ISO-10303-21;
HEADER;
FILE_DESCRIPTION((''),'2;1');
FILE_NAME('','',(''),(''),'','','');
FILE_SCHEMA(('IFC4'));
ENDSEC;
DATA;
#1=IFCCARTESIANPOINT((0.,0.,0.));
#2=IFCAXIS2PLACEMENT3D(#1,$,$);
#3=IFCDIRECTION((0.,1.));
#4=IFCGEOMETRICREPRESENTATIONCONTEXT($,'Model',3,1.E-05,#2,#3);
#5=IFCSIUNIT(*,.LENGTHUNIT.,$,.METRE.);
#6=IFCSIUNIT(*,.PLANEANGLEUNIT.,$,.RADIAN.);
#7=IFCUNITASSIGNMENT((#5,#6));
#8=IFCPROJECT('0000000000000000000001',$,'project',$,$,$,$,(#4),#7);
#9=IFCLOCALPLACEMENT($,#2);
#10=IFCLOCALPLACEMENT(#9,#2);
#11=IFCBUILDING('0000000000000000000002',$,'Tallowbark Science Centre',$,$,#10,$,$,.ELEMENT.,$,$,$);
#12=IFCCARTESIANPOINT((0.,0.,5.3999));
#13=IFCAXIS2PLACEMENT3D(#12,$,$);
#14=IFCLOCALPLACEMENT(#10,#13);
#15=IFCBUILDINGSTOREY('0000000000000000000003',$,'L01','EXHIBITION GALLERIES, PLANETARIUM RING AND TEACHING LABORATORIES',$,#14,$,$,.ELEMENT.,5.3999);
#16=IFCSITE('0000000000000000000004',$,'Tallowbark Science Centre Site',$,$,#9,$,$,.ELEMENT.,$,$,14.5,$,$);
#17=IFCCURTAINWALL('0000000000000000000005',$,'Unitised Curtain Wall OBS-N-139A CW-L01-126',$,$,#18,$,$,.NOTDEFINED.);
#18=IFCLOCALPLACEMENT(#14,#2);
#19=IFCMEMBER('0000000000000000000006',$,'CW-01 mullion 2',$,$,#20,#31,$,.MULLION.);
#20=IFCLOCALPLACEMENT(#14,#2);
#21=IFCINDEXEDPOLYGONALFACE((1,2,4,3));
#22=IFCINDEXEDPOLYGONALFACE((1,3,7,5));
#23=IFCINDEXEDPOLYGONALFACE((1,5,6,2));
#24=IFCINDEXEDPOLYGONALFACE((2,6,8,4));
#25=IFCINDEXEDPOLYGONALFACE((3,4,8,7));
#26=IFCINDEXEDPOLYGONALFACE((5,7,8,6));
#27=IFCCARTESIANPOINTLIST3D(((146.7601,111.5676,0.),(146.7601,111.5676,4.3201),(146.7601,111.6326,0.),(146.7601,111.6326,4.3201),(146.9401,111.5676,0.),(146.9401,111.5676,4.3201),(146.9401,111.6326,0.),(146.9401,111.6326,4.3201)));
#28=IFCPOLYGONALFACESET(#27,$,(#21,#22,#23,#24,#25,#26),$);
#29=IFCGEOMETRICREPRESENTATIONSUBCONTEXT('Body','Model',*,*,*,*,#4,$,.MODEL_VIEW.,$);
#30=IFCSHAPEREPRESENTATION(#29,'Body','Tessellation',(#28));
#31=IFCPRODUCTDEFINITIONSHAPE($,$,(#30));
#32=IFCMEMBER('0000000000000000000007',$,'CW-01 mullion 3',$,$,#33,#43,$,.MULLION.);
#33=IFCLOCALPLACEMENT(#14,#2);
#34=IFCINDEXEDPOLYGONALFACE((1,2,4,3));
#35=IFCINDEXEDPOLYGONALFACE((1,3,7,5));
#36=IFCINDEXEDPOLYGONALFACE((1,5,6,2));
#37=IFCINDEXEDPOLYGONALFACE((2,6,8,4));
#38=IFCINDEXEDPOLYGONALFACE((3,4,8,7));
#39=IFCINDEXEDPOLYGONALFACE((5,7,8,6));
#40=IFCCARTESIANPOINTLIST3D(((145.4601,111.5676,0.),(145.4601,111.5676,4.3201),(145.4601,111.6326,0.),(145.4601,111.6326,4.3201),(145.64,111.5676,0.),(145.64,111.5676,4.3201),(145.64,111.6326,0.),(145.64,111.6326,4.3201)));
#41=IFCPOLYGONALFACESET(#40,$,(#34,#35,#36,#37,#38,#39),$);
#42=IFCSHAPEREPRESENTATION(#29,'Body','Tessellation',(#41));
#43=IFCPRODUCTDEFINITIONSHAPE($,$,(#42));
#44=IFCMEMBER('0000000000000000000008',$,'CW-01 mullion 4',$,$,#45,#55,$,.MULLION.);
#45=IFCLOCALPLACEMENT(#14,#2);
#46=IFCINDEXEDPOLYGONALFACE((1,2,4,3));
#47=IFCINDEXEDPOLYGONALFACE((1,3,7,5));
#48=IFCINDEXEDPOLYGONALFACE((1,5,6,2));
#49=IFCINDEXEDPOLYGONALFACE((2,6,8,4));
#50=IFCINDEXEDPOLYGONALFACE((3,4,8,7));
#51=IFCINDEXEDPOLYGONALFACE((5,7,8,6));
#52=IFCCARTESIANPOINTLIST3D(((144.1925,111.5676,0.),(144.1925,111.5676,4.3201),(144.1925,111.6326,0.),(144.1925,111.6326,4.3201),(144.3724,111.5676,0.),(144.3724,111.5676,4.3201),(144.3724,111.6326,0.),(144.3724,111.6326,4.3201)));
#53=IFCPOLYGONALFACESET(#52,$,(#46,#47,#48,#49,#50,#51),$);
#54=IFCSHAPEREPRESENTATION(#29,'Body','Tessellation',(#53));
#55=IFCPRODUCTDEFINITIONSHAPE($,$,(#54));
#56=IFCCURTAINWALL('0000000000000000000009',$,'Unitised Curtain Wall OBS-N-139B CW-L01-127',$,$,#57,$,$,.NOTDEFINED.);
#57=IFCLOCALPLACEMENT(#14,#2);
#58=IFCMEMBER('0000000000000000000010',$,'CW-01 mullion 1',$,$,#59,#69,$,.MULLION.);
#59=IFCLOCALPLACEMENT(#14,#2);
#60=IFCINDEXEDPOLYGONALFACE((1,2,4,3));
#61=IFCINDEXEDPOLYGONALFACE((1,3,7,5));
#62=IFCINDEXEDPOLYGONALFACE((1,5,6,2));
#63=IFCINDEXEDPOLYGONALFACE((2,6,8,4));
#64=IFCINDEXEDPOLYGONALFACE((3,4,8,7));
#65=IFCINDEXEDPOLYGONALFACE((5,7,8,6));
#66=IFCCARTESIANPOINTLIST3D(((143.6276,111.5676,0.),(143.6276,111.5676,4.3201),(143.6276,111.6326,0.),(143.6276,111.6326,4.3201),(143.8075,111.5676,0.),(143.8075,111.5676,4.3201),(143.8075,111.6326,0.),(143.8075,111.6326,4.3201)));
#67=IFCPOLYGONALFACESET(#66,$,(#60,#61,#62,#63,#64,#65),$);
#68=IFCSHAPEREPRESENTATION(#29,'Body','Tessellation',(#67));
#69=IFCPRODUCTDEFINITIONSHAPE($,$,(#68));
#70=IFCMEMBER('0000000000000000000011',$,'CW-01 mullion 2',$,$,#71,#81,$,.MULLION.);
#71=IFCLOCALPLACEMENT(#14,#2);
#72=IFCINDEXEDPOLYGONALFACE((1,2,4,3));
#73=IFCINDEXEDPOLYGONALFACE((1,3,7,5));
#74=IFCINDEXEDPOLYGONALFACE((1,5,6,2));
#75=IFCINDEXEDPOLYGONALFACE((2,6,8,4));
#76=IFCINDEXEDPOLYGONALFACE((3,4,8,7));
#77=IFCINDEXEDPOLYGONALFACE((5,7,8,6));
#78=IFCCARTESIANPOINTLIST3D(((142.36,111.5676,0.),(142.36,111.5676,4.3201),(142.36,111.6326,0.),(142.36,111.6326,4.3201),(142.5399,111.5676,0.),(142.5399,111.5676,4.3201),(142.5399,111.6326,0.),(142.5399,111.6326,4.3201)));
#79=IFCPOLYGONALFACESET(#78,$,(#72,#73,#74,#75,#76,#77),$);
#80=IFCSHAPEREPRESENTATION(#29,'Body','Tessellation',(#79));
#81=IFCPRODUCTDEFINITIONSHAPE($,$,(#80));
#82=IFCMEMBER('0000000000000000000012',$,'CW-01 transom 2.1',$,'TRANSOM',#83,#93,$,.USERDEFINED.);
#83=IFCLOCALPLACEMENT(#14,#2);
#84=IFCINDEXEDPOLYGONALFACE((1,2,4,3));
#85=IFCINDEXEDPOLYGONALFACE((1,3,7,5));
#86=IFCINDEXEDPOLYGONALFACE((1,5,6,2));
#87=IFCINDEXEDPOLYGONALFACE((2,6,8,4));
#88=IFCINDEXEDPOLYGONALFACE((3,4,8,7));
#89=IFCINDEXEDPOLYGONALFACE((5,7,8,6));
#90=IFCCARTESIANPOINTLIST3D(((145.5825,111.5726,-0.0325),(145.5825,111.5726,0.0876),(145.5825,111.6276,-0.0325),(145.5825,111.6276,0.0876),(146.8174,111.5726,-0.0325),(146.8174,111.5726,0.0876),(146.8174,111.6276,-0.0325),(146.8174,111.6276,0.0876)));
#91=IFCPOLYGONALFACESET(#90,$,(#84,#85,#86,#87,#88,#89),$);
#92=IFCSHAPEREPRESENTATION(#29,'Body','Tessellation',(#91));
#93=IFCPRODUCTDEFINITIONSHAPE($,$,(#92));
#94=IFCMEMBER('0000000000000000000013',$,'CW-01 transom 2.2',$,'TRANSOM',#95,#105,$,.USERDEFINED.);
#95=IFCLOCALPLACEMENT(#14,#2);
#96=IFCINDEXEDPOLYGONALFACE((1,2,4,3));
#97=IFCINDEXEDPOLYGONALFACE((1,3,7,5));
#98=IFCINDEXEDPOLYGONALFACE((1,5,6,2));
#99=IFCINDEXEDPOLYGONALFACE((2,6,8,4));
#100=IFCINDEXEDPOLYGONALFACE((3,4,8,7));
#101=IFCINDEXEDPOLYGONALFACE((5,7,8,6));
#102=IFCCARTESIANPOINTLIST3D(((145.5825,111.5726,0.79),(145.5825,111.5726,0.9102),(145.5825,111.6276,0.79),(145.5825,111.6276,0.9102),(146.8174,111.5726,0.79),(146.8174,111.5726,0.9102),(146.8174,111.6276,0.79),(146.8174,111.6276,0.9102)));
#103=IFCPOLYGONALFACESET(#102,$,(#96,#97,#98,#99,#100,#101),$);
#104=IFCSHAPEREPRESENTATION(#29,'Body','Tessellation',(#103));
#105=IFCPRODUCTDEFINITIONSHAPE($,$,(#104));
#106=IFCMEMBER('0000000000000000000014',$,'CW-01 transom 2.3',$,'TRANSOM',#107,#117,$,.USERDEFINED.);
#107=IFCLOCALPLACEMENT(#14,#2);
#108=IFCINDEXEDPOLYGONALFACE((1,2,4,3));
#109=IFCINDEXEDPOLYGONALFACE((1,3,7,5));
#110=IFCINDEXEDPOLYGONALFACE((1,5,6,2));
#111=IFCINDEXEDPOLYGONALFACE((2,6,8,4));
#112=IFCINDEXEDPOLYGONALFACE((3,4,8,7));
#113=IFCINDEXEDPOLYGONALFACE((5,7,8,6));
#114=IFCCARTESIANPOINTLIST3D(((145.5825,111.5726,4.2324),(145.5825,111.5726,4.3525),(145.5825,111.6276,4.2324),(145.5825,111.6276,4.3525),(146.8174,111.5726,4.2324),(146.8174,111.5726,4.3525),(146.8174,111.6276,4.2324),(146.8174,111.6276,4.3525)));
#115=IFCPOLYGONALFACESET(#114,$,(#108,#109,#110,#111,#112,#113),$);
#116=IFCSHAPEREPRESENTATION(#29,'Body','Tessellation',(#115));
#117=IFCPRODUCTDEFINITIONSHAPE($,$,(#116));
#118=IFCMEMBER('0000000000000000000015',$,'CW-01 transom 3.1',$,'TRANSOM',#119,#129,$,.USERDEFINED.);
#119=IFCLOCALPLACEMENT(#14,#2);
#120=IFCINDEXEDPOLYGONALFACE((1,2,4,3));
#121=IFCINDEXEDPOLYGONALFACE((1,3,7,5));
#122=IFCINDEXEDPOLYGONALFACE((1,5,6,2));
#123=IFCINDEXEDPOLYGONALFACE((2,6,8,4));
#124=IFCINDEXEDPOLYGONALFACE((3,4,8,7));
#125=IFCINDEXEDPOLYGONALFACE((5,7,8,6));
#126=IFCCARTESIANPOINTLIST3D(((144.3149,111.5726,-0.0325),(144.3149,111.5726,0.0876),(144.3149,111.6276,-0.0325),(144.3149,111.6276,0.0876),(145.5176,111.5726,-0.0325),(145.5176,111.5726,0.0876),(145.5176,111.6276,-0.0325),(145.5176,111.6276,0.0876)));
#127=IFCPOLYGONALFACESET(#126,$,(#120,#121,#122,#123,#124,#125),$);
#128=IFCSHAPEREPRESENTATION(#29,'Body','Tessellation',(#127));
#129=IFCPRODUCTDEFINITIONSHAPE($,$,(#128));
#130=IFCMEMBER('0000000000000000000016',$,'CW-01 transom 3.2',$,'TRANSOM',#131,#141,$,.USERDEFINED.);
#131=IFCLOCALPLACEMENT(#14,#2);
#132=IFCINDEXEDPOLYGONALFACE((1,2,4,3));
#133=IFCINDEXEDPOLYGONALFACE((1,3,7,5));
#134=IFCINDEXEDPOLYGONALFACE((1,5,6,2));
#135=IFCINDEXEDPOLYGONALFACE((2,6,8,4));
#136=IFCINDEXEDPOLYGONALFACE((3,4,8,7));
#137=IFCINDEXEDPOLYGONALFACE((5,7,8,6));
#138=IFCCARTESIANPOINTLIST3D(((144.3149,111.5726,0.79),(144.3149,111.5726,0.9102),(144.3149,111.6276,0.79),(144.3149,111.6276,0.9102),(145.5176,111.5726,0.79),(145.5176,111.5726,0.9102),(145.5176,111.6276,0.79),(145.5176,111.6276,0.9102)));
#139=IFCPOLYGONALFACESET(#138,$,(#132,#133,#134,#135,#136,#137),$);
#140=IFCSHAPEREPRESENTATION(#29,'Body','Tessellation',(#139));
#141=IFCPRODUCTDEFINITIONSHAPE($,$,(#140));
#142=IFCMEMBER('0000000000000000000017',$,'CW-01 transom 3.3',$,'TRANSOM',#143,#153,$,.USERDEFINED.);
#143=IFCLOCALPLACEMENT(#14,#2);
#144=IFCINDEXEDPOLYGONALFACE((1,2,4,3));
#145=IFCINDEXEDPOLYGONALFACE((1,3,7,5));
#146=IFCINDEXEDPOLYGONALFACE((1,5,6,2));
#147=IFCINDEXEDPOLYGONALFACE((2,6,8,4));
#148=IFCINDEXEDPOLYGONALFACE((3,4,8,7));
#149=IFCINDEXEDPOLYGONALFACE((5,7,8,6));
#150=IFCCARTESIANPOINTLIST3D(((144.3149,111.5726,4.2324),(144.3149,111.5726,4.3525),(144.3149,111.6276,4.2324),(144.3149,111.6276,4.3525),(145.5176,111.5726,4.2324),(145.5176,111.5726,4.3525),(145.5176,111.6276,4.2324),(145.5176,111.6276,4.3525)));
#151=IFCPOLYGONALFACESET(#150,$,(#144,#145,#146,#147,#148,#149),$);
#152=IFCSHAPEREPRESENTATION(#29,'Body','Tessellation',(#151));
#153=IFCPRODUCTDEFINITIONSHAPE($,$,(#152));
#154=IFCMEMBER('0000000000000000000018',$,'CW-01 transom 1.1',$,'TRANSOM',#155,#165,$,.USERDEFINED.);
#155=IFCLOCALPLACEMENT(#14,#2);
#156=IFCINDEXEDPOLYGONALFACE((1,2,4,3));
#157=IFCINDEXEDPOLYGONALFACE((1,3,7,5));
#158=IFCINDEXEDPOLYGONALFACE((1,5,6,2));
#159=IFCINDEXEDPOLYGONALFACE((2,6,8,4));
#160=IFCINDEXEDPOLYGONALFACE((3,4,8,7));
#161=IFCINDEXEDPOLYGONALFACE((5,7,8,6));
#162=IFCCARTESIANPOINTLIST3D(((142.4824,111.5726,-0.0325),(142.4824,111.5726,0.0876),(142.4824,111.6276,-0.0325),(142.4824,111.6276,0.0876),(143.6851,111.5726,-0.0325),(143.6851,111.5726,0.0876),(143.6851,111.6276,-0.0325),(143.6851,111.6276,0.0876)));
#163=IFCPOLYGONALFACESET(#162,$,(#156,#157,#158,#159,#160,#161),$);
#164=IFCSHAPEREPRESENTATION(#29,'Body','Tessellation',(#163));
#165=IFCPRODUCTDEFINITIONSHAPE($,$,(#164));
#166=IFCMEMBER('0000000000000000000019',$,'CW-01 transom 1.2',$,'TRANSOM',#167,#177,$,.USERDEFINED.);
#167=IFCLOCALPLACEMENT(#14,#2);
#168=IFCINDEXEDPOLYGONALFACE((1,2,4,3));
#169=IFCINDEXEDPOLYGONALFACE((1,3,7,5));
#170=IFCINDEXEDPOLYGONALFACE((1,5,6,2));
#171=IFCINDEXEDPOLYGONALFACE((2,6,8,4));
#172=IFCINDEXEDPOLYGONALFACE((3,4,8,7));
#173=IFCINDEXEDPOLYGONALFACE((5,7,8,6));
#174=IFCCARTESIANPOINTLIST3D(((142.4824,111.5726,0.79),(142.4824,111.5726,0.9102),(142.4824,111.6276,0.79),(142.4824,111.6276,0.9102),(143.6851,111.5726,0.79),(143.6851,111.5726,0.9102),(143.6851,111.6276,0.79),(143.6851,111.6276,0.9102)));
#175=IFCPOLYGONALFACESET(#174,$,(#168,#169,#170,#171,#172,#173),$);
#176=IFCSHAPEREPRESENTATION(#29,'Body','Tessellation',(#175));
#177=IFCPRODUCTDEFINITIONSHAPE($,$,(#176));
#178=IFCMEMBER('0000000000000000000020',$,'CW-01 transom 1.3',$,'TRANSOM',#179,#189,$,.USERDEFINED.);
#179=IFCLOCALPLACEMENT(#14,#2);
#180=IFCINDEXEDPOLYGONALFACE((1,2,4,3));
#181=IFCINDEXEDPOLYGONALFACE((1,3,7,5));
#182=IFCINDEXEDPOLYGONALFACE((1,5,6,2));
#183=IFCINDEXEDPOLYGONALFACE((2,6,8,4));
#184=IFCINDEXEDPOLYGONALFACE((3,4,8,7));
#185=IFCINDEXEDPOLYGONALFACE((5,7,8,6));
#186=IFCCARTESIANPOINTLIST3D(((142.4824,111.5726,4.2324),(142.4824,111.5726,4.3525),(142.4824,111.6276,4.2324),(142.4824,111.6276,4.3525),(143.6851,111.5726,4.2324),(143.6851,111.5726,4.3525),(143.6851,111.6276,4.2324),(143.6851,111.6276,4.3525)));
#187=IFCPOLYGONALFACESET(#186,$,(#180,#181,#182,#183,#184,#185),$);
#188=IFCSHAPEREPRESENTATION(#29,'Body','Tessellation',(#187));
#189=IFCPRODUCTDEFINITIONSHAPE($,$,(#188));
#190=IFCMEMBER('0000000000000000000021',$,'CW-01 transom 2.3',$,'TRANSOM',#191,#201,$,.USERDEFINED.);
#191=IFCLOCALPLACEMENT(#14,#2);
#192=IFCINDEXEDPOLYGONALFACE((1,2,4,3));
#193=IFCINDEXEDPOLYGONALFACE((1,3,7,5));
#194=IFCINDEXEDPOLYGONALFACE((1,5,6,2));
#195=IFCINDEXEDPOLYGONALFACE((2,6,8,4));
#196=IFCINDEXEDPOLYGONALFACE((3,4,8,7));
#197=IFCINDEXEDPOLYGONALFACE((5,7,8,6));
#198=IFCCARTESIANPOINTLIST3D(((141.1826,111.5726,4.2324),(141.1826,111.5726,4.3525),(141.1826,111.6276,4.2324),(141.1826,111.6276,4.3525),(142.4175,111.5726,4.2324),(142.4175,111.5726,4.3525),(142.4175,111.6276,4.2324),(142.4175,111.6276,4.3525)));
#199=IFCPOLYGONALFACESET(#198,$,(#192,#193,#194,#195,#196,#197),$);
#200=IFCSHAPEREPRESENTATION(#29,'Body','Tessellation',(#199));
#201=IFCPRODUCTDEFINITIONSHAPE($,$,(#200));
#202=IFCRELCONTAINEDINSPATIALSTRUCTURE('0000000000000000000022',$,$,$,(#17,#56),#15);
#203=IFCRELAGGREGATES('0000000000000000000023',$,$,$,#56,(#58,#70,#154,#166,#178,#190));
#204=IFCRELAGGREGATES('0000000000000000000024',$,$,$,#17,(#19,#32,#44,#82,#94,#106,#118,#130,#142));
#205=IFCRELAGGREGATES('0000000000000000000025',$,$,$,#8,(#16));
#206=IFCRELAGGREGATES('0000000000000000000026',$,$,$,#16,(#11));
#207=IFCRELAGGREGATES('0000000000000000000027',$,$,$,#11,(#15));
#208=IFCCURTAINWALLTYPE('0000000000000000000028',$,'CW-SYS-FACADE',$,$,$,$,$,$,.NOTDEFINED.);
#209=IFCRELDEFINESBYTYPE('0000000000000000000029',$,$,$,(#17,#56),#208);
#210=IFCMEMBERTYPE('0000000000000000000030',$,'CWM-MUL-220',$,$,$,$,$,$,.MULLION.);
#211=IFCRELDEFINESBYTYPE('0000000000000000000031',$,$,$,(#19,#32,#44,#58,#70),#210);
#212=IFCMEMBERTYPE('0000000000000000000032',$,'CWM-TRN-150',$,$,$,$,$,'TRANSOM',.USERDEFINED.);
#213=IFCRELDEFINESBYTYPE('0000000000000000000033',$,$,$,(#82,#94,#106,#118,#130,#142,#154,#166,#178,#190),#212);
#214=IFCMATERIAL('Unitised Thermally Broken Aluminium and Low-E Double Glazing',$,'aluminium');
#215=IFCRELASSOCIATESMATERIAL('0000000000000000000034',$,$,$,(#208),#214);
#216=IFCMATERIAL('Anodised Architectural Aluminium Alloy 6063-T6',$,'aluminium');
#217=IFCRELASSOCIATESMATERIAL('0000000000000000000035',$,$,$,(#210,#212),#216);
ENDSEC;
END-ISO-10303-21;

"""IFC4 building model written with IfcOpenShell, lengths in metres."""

from ifc_helpers import new_model, si_unit, direction, frame, origin, origin_2d, place, context, subcontext, project, spatial, rectangle, extrude, material, material_profile, profile_set, type_object, element, aggregate, save


model = new_model("IFC4")

# Units and contexts
model_context = context("Model", 3, precision=1e-05, world=origin(), true_north=direction((0.0, 1.0)))
body_context = subcontext(model_context, "Body", "Model", "MODEL_VIEW")
ifc_project = project(units=[si_unit("LENGTHUNIT", "METRE"), si_unit("PLANEANGLEUNIT", "RADIAN")], contexts=[model_context])

# Site, building, storey
site_placement = place(None, origin())
site = spatial("IfcSite", under=ifc_project, at=site_placement, Name="Tallowbark Science Centre Site", CompositionType="ELEMENT", RefElevation=14.5)
building_placement = place(site_placement, origin())
building = spatial("IfcBuilding", under=site, at=building_placement, Name="Tallowbark Science Centre", CompositionType="ELEMENT")
storey_placement = place(building_placement, frame((0.0, 0.0, 5.3999)))
storey = spatial("IfcBuildingStorey", under=building, at=storey_placement, Name="L01", Description="EXHIBITION GALLERIES, PLANETARIUM RING AND TEACHING LABORATORIES", CompositionType="ELEMENT", Elevation=5.3999)

# Curtain walls, members
ifc_material_1 = material(Name="Unitised Thermally Broken Aluminium and Low-E Double Glazing", Category="aluminium")
curtain_wall_type = type_object("IfcCurtainWallType", Name="CW-SYS-FACADE", PredefinedType="NOTDEFINED", material=ifc_material_1)
curtain_wall_1_placement = place(storey_placement, origin())
curtain_wall_1 = element("IfcCurtainWall", 1, at=curtain_wall_1_placement, inside=storey, type_object=curtain_wall_type, Name="Unitised Curtain Wall OBS-N-139A CW-L01-126", PredefinedType="NOTDEFINED")
ifc_material_2 = material(Name="Anodised Architectural Aluminium Alloy 6063-T6", Category="aluminium")
ifc_material_profile_1 = material_profile(ifc_material_2, rectangle(XDim=0.0649, YDim=0.1799, at=origin_2d()), Name="ALU65x180")
ifc_profile_set_1 = profile_set([ifc_material_profile_1], Name="Anodised Architectural Aluminium Alloy 6063-T6")
member_type_1 = type_object("IfcMemberType", Name="CWM-MUL-220", PredefinedType="MULLION", material=ifc_profile_set_1)
member_1_placement = place(storey_placement, frame((146.8501, 111.6001, 0.0), z_axis=(0.0, 0.0, 1.0), x_axis=(0.0, -1.0, 0.0)))
member_1 = element("IfcMember", 2, at=member_1_placement, type_object=member_type_1, Name="CW-01 mullion 2", PredefinedType="MULLION", context=body_context, shape_type="SweptSolid", body=[
    extrude(rectangle(XDim=0.0649, YDim=0.1799, at=origin_2d()), origin(), (0.0, 0.0, 1.0), 4.3201),
])
member_2_placement = place(storey_placement, frame((145.55, 111.6001, 0.0), z_axis=(0.0, 0.0, 1.0), x_axis=(0.0, -1.0, 0.0)))
member_2 = element("IfcMember", 3, at=member_2_placement, type_object=member_type_1, Name="CW-01 mullion 3", PredefinedType="MULLION", context=body_context, shape_type="SweptSolid", body=[
    extrude(rectangle(XDim=0.0649, YDim=0.1799, at=origin_2d()), origin(), (0.0, 0.0, 1.0), 4.3201),
])
member_3_placement = place(storey_placement, frame((144.2825, 111.6001, 0.0), z_axis=(0.0, 0.0, 1.0), x_axis=(0.0, -1.0, 0.0)))
member_3 = element("IfcMember", 4, at=member_3_placement, type_object=member_type_1, Name="CW-01 mullion 4", PredefinedType="MULLION", context=body_context, shape_type="SweptSolid", body=[
    extrude(rectangle(XDim=0.0649, YDim=0.1799, at=origin_2d()), origin(), (0.0, 0.0, 1.0), 4.3201),
])
curtain_wall_2_placement = place(storey_placement, origin())
curtain_wall_2 = element("IfcCurtainWall", 5, at=curtain_wall_2_placement, inside=storey, type_object=curtain_wall_type, Name="Unitised Curtain Wall OBS-N-139B CW-L01-127", PredefinedType="NOTDEFINED")
member_4_placement = place(storey_placement, frame((143.7175, 111.6001, 0.0), z_axis=(0.0, 0.0, 1.0), x_axis=(0.0, -1.0, 0.0)))
member_4 = element("IfcMember", 6, at=member_4_placement, type_object=member_type_1, Name="CW-01 mullion 1", PredefinedType="MULLION", context=body_context, shape_type="SweptSolid", body=[
    extrude(rectangle(XDim=0.0649, YDim=0.1799, at=origin_2d()), origin(), (0.0, 0.0, 1.0), 4.3201),
])
member_5_placement = place(storey_placement, frame((142.45, 111.6001, 0.0), z_axis=(0.0, 0.0, 1.0), x_axis=(0.0, -1.0, 0.0)))
member_5 = element("IfcMember", 7, at=member_5_placement, type_object=member_type_1, Name="CW-01 mullion 2", PredefinedType="MULLION", context=body_context, shape_type="SweptSolid", body=[
    extrude(rectangle(XDim=0.0649, YDim=0.1799, at=origin_2d()), origin(), (0.0, 0.0, 1.0), 4.3201),
])

# Members
ifc_material_profile_2 = material_profile(ifc_material_2, rectangle(XDim=0.0549, YDim=0.1201, at=origin_2d()), Name="ALU55x120")
ifc_profile_set_2 = profile_set([ifc_material_profile_2], Name="Anodised Architectural Aluminium Alloy 6063-T6")
member_type_2 = type_object("IfcMemberType", Name="CWM-TRN-150", ElementType="TRANSOM", PredefinedType="USERDEFINED", material=ifc_profile_set_2)
member_6_placement = place(storey_placement, frame((146.8174, 111.6001, 0.0276), z_axis=(-1.0, 0.0, 0.0), x_axis=(0.0, -1.0, 0.0)))
member_6 = element("IfcMember", 8, at=member_6_placement, type_object=member_type_2, Name="CW-01 transom 2.1", ObjectType="TRANSOM", PredefinedType="USERDEFINED", context=body_context, shape_type="SweptSolid", body=[
    extrude(rectangle(XDim=0.0549, YDim=0.1201, at=origin_2d()), origin(), (0.0, 0.0, 1.0), 1.2349),
])
member_7_placement = place(storey_placement, frame((146.8174, 111.6001, 0.8501), z_axis=(-1.0, 0.0, 0.0), x_axis=(0.0, -1.0, 0.0)))
member_7 = element("IfcMember", 9, at=member_7_placement, type_object=member_type_2, Name="CW-01 transom 2.2", ObjectType="TRANSOM", PredefinedType="USERDEFINED", context=body_context, shape_type="SweptSolid", body=[
    extrude(rectangle(XDim=0.0549, YDim=0.1201, at=origin_2d()), origin(), (0.0, 0.0, 1.0), 1.2349),
])
member_8_placement = place(storey_placement, frame((146.8174, 111.6001, 4.2925), z_axis=(-1.0, 0.0, 0.0), x_axis=(0.0, -1.0, 0.0)))
member_8 = element("IfcMember", 10, at=member_8_placement, type_object=member_type_2, Name="CW-01 transom 2.3", ObjectType="TRANSOM", PredefinedType="USERDEFINED", context=body_context, shape_type="SweptSolid", body=[
    extrude(rectangle(XDim=0.0549, YDim=0.1201, at=origin_2d()), origin(), (0.0, 0.0, 1.0), 1.2349),
])
member_9_placement = place(storey_placement, frame((145.5176, 111.6001, 0.0276), z_axis=(-1.0, 0.0, 0.0), x_axis=(0.0, -1.0, 0.0)))
member_9 = element("IfcMember", 11, at=member_9_placement, type_object=member_type_2, Name="CW-01 transom 3.1", ObjectType="TRANSOM", PredefinedType="USERDEFINED", context=body_context, shape_type="SweptSolid", body=[
    extrude(rectangle(XDim=0.0549, YDim=0.1201, at=origin_2d()), origin(), (0.0, 0.0, 1.0), 1.2026),
])
member_10_placement = place(storey_placement, frame((145.5176, 111.6001, 0.8501), z_axis=(-1.0, 0.0, 0.0), x_axis=(0.0, -1.0, 0.0)))
member_10 = element("IfcMember", 12, at=member_10_placement, type_object=member_type_2, Name="CW-01 transom 3.2", ObjectType="TRANSOM", PredefinedType="USERDEFINED", context=body_context, shape_type="SweptSolid", body=[
    extrude(rectangle(XDim=0.0549, YDim=0.1201, at=origin_2d()), origin(), (0.0, 0.0, 1.0), 1.2026),
])
member_11_placement = place(storey_placement, frame((145.5176, 111.6001, 4.2925), z_axis=(-1.0, 0.0, 0.0), x_axis=(0.0, -1.0, 0.0)))
member_11 = element("IfcMember", 13, at=member_11_placement, type_object=member_type_2, Name="CW-01 transom 3.3", ObjectType="TRANSOM", PredefinedType="USERDEFINED", context=body_context, shape_type="SweptSolid", body=[
    extrude(rectangle(XDim=0.0549, YDim=0.1201, at=origin_2d()), origin(), (0.0, 0.0, 1.0), 1.2026),
])
member_12_placement = place(storey_placement, frame((143.6851, 111.6001, 0.0276), z_axis=(-1.0, 0.0, 0.0), x_axis=(0.0, -1.0, 0.0)))
member_12 = element("IfcMember", 14, at=member_12_placement, type_object=member_type_2, Name="CW-01 transom 1.1", ObjectType="TRANSOM", PredefinedType="USERDEFINED", context=body_context, shape_type="SweptSolid", body=[
    extrude(rectangle(XDim=0.0549, YDim=0.1201, at=origin_2d()), origin(), (0.0, 0.0, 1.0), 1.2026),
])
member_13_placement = place(storey_placement, frame((143.6851, 111.6001, 0.8501), z_axis=(-1.0, 0.0, 0.0), x_axis=(0.0, -1.0, 0.0)))
member_13 = element("IfcMember", 15, at=member_13_placement, type_object=member_type_2, Name="CW-01 transom 1.2", ObjectType="TRANSOM", PredefinedType="USERDEFINED", context=body_context, shape_type="SweptSolid", body=[
    extrude(rectangle(XDim=0.0549, YDim=0.1201, at=origin_2d()), origin(), (0.0, 0.0, 1.0), 1.2026),
])
member_14_placement = place(storey_placement, frame((143.6851, 111.6001, 4.2925), z_axis=(-1.0, 0.0, 0.0), x_axis=(0.0, -1.0, 0.0)))
member_14 = element("IfcMember", 16, at=member_14_placement, type_object=member_type_2, Name="CW-01 transom 1.3", ObjectType="TRANSOM", PredefinedType="USERDEFINED", context=body_context, shape_type="SweptSolid", body=[
    extrude(rectangle(XDim=0.0549, YDim=0.1201, at=origin_2d()), origin(), (0.0, 0.0, 1.0), 1.2026),
])
member_15_placement = place(storey_placement, frame((142.4175, 111.6001, 4.2925), z_axis=(-1.0, 0.0, 0.0), x_axis=(0.0, -1.0, 0.0)))
member_15 = element("IfcMember", 17, at=member_15_placement, type_object=member_type_2, Name="CW-01 transom 2.3", ObjectType="TRANSOM", PredefinedType="USERDEFINED", context=body_context, shape_type="SweptSolid", body=[
    extrude(rectangle(XDim=0.0549, YDim=0.1201, at=origin_2d()), origin(), (0.0, 0.0, 1.0), 1.2349),
])

aggregate(curtain_wall_2, [member_4, member_5, member_12, member_13, member_14, member_15])
aggregate(curtain_wall_1, [member_1, member_2, member_3, member_6, member_7, member_8, member_9, member_10, member_11])

save(model, "model.ifc")
